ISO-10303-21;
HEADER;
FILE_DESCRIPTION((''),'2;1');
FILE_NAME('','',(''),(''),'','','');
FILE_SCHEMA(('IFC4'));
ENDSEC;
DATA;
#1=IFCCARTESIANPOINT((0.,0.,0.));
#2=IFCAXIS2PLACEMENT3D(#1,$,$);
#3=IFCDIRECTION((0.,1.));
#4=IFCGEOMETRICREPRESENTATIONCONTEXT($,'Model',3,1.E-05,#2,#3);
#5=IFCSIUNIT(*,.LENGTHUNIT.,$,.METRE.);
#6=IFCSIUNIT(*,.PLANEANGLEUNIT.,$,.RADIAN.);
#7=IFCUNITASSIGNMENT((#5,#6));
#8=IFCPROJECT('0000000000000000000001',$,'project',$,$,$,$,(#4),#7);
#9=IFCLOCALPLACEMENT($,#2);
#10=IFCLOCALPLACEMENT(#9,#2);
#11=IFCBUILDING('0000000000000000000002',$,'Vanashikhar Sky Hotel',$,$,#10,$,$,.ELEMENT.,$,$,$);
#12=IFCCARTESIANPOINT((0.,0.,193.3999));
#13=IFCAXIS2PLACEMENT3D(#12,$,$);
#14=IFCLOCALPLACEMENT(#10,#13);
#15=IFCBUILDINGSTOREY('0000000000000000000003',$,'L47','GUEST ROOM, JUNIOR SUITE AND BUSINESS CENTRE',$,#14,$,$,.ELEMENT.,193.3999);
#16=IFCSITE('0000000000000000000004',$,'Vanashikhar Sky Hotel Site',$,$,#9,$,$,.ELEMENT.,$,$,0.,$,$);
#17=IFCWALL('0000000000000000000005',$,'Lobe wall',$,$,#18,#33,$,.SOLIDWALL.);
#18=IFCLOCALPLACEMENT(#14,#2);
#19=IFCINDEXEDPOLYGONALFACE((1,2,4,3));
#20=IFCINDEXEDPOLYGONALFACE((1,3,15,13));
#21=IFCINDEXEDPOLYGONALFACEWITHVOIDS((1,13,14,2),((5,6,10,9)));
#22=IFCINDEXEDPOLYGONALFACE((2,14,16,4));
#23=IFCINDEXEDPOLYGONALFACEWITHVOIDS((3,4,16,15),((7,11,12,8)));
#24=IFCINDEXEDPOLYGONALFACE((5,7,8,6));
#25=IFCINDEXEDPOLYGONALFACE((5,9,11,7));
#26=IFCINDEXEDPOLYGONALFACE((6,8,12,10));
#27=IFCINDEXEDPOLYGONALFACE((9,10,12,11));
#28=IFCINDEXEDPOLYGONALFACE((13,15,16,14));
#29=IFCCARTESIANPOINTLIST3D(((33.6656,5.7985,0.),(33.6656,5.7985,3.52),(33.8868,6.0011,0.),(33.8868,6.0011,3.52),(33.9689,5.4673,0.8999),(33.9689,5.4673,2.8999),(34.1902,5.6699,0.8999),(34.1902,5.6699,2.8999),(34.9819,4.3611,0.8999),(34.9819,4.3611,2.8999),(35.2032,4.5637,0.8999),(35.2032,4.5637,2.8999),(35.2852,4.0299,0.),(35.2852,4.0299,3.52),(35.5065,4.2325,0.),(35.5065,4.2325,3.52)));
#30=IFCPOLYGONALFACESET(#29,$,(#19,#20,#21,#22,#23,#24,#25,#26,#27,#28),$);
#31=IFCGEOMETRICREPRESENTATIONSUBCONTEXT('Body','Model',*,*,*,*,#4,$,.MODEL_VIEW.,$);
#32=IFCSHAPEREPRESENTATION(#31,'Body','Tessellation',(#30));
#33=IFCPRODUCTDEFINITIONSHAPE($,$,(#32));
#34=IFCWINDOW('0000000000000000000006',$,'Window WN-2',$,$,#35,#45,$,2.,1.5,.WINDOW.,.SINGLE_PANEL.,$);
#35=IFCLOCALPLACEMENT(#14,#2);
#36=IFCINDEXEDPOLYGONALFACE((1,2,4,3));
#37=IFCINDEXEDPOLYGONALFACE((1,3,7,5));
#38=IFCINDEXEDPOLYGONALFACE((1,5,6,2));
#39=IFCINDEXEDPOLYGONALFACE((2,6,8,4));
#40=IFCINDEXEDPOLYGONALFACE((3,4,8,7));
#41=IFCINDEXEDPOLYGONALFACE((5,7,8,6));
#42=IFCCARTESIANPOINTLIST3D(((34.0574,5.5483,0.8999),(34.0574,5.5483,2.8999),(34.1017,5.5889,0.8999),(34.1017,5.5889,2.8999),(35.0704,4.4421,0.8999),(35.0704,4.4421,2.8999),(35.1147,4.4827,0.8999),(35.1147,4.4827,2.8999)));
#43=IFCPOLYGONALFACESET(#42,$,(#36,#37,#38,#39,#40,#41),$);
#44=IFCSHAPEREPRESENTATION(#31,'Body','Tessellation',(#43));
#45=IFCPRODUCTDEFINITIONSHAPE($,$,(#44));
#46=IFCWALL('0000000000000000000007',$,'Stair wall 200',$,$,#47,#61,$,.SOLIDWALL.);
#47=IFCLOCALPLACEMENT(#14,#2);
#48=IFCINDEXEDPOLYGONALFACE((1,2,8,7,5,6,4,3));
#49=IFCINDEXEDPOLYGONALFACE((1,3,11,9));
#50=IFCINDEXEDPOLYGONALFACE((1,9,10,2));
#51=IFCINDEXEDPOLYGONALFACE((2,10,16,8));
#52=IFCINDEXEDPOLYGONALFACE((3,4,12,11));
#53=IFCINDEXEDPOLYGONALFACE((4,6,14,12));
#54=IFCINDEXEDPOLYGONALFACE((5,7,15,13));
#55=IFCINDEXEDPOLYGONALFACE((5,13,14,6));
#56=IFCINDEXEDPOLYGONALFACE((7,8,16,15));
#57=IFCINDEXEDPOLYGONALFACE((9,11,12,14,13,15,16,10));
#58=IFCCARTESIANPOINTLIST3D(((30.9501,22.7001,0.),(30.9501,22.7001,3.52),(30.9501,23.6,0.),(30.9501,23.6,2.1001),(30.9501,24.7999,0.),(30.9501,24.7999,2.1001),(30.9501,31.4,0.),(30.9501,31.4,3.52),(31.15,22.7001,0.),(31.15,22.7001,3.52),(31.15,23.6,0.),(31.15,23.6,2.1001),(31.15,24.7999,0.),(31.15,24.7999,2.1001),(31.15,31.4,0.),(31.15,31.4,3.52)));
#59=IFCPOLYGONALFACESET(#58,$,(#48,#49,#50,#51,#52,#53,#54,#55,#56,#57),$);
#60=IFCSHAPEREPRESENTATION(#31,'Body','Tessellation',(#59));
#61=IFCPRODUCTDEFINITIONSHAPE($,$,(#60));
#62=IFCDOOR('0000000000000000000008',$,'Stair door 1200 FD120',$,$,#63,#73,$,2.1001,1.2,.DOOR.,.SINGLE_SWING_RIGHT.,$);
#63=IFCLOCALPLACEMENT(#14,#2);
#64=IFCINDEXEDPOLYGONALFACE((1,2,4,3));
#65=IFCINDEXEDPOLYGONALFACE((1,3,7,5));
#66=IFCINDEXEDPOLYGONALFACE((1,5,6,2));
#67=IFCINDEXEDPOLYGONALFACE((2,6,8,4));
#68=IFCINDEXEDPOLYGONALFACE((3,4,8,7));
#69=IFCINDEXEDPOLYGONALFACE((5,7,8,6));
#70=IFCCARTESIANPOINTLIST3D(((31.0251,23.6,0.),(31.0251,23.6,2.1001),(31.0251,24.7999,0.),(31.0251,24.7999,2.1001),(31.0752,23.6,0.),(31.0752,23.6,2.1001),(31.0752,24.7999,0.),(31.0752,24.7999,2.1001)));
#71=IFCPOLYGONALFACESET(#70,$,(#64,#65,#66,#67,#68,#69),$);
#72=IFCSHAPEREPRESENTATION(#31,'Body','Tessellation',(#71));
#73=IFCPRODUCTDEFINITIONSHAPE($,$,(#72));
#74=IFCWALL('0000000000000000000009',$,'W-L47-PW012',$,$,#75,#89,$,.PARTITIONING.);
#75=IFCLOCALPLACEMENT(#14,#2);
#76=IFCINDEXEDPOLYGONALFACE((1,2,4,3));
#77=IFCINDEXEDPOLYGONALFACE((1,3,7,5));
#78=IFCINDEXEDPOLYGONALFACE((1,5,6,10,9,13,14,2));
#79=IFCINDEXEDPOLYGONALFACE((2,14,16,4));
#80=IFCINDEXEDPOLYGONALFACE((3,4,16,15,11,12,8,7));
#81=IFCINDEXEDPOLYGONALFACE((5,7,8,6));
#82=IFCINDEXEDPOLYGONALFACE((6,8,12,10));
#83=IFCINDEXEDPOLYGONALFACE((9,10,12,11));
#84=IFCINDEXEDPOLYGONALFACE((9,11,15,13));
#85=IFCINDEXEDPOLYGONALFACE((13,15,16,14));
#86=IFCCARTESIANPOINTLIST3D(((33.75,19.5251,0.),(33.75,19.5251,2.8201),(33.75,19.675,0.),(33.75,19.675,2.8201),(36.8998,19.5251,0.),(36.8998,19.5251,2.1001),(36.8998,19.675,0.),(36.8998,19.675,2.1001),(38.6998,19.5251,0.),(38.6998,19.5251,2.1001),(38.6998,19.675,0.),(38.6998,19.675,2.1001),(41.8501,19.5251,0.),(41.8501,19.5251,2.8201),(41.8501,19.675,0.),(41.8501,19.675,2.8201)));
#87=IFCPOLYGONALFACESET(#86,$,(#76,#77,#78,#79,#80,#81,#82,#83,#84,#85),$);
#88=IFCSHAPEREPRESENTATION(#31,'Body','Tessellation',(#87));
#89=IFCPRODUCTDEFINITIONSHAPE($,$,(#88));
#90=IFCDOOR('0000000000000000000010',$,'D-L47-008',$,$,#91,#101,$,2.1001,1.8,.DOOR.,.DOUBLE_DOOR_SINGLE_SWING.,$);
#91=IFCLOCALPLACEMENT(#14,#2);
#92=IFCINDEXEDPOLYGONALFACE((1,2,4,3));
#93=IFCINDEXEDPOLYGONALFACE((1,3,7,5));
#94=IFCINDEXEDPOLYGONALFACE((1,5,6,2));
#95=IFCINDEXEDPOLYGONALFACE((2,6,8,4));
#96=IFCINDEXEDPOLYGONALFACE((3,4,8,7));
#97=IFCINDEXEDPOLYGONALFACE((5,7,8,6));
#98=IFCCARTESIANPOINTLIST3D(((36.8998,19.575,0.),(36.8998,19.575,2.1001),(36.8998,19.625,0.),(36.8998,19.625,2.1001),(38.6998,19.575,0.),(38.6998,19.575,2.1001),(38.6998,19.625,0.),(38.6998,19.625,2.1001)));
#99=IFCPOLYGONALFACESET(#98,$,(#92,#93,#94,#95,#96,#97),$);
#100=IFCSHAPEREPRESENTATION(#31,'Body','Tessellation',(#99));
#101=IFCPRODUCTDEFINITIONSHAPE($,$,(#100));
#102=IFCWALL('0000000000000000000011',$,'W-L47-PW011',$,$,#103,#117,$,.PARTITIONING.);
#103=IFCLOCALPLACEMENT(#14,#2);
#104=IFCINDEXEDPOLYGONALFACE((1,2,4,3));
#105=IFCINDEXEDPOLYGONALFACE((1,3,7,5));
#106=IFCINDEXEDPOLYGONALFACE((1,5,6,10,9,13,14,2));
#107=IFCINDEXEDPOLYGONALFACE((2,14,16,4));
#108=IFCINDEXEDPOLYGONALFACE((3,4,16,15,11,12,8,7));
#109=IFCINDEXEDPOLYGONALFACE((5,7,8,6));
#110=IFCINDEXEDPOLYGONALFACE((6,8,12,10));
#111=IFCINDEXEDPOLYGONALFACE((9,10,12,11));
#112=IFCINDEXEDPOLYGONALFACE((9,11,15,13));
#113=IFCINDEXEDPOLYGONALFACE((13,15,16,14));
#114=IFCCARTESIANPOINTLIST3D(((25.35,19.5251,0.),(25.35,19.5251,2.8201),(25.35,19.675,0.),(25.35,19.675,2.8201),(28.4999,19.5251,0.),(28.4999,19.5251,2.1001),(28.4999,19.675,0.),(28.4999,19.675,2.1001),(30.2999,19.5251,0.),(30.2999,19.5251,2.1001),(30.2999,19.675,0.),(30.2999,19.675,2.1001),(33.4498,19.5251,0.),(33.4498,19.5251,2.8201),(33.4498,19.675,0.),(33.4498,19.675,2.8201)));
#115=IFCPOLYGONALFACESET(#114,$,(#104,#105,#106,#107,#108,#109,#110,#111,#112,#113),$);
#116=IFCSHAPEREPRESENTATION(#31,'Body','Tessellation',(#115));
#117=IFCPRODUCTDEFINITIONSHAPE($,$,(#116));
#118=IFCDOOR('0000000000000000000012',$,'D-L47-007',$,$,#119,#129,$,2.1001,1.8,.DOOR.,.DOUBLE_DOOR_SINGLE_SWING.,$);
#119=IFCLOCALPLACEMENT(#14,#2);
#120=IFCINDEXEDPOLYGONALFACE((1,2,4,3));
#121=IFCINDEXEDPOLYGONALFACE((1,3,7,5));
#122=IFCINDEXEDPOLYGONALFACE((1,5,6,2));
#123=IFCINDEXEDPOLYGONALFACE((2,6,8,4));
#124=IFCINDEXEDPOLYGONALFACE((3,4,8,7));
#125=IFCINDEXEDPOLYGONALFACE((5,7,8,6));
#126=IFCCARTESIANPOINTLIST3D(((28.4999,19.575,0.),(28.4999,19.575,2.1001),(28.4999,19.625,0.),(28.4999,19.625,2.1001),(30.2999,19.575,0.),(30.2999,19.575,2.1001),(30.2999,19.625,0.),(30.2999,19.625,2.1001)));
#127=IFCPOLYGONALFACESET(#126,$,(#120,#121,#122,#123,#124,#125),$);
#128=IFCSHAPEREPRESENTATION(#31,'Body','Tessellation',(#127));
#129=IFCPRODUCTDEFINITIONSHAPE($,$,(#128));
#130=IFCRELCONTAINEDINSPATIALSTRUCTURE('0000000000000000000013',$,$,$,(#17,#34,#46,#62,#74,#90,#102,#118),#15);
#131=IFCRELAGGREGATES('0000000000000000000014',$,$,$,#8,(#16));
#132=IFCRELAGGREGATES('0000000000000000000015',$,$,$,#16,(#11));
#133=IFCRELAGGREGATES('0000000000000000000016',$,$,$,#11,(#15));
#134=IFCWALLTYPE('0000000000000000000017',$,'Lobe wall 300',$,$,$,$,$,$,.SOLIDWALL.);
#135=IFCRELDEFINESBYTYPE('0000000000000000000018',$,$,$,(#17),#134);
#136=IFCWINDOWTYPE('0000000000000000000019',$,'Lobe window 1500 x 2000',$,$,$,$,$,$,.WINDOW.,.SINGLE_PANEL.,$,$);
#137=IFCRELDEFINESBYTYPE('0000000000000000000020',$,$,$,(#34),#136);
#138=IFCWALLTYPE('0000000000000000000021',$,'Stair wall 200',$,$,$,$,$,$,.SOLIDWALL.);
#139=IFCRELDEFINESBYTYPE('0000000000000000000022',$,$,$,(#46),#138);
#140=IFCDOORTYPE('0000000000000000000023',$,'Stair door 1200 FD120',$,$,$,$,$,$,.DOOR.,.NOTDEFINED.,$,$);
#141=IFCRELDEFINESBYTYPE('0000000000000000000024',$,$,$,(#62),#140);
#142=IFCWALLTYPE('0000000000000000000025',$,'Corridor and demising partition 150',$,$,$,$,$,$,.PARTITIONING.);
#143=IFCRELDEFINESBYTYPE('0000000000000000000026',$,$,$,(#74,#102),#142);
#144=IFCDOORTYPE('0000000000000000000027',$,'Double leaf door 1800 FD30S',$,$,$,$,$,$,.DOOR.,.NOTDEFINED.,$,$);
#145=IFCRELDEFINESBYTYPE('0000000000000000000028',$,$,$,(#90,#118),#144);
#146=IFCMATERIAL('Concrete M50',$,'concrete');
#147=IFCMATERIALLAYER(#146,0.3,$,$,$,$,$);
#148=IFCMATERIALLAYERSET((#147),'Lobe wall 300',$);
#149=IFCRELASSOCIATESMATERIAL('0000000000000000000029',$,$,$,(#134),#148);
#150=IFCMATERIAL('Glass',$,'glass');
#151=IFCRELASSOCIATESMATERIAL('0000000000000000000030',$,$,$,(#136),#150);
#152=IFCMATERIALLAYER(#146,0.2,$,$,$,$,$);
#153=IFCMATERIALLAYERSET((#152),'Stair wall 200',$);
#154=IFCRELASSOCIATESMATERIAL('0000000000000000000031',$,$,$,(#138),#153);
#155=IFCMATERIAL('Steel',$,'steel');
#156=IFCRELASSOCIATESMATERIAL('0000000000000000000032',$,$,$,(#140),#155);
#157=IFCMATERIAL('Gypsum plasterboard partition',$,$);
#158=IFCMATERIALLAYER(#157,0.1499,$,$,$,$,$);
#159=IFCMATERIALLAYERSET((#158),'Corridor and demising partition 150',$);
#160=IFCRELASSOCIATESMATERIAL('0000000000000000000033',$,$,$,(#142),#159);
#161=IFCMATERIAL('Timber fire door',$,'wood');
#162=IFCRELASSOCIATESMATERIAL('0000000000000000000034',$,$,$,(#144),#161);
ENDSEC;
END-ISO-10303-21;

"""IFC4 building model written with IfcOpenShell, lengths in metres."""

from ifc_helpers import new_model, si_unit, direction, frame, frame_2d, origin, place, context, subcontext, project, spatial, rectangle, extrude, source, transform, mapped, material, layer, layer_set, type_object, element, fill, save


model = new_model("IFC4")

# Units and contexts
model_context = context("Model", 3, precision=1e-05, world=origin(), true_north=direction((0.0, 1.0)))
body_context = subcontext(model_context, "Body", "Model", "MODEL_VIEW")
ifc_project = project(units=[si_unit("LENGTHUNIT", "METRE"), si_unit("PLANEANGLEUNIT", "RADIAN")], contexts=[model_context])

# Site, building, storey
site_placement = place(None, origin())
site = spatial("IfcSite", under=ifc_project, at=site_placement, Name="Vanashikhar Sky Hotel Site", CompositionType="ELEMENT", RefElevation=0.0)
building_placement = place(site_placement, origin())
building = spatial("IfcBuilding", under=site, at=building_placement, Name="Vanashikhar Sky Hotel", CompositionType="ELEMENT")
storey_placement = place(building_placement, frame((0.0, 0.0, 193.3999)))
storey = spatial("IfcBuildingStorey", under=building, at=storey_placement, Name="L47", Description="GUEST ROOM, JUNIOR SUITE AND BUSINESS CENTRE", CompositionType="ELEMENT", Elevation=193.3999)

# Shared definitions
ifc_material_1 = material(Name="Concrete M50", Category="concrete")

# Shared definitions
ifc_material_2 = material(Name="Steel", Category="steel")

# Shared definitions
ifc_material_3 = material(Name="Glass", Category="glass")

# Wall, opening, window
ifc_layer_1 = layer(ifc_material_1, 0.3)
ifc_layer_set_1 = layer_set([ifc_layer_1], Name="Lobe wall 300")
wall_type_1 = type_object("IfcWallType", Name="Lobe wall 300", PredefinedType="SOLIDWALL", material=ifc_layer_set_1)
shared_shape_1 = source(origin(), body_context, "Body", "SweptSolid", [
    extrude(rectangle(XDim=2.3982, YDim=0.3, at=frame_2d((1.1992, 0.0))), origin(), (0.0, 0.0, 1.0), 3.52),
])
wall_1_placement = place(storey_placement, frame((33.7761, 5.8999, 0.0), z_axis=(0.0, 0.0, 1.0), x_axis=(0.675374, -0.737475, 0.0)))
wall_1 = element("IfcWall", 1, at=wall_1_placement, inside=storey, type_object=wall_type_1, Name="Lobe wall", PredefinedType="SOLIDWALL", context=body_context, shape_type="MappedRepresentation", body=[
    mapped(shared_shape_1, transform((0.0, 0.0, 0.0), scale=1.0)),
])
shared_shape_2 = source(origin(), body_context, "Body", "SweptSolid", [
    extrude(rectangle(XDim=1.5, YDim=2.0, at=frame_2d((0.75, 1.0))), frame((0.0, 0.1602, 0.0), z_axis=(0.0, -1.0, 0.0), x_axis=(1.0, 0.0, 0.0)), (0.0, 0.0, 1.0), 0.3201),
])
opening_1_placement = place(wall_1_placement, frame((0.4492, 0.0, 0.8999)))
opening_1 = element("IfcOpeningElement", 2, at=opening_1_placement, cuts=wall_1, PredefinedType="OPENING", context=body_context, shape_type="MappedRepresentation", body=[
    mapped(shared_shape_2, transform((0.0, 0.0, 0.0), scale=1.0)),
])
window_type_1 = type_object("IfcWindowType", Name="Lobe window 1500 x 2000", PartitioningType="SINGLE_PANEL", PredefinedType="WINDOW", material=ifc_material_3)
shared_shape_3 = source(origin(), body_context, "Body", "SweptSolid", [
    extrude(rectangle(XDim=1.5, YDim=2.0, at=frame_2d((0.75, 1.0))), frame((0.0, 0.03, 0.0), z_axis=(0.0, -1.0, 0.0), x_axis=(1.0, 0.0, 0.0)), (0.0, 0.0, 1.0), 0.0601),
])
window_1_placement = place(opening_1_placement, origin())
window_1 = element("IfcWindow", 3, at=window_1_placement, inside=storey, type_object=window_type_1, Name="Window WN-2", OverallHeight=2.0, OverallWidth=1.5, PartitioningType="SINGLE_PANEL", PredefinedType="WINDOW", context=body_context, shape_type="MappedRepresentation", body=[
    mapped(shared_shape_3, transform((0.0, 0.0, 0.0), scale=1.0)),
])
fill(opening_1, window_1)

# Walls, openings, doors
ifc_layer_2 = layer(ifc_material_1, 0.2)
ifc_layer_set_2 = layer_set([ifc_layer_2], Name="Stair wall 200")
wall_type_2 = type_object("IfcWallType", Name="Stair wall 200", PredefinedType="SOLIDWALL", material=ifc_layer_set_2)
shared_shape_4 = source(origin(), body_context, "Body", "SweptSolid", [
    extrude(rectangle(XDim=8.7, YDim=0.2, at=frame_2d((4.3501, 0.0))), origin(), (0.0, 0.0, 1.0), 3.52),
])
wall_2_placement = place(storey_placement, frame((31.05, 22.7, 0.0), z_axis=(0.0, 0.0, 1.0), x_axis=(0.0, 1.0, 0.0)))
wall_2 = element("IfcWall", 4, at=wall_2_placement, inside=storey, type_object=wall_type_2, Name="Stair wall 200", PredefinedType="SOLIDWALL", context=body_context, shape_type="MappedRepresentation", body=[
    mapped(shared_shape_4, transform((0.0, 0.0, 0.0), scale=1.0)),
])
shared_shape_5 = source(origin(), body_context, "Body", "SweptSolid", [
    extrude(rectangle(XDim=1.2, YDim=2.1001, at=frame_2d((0.6001, 1.05))), frame((0.0, 0.1099, 0.0), z_axis=(0.0, -1.0, 0.0), x_axis=(1.0, 0.0, 0.0)), (0.0, 0.0, 1.0), 0.22),
])
opening_2_placement = place(wall_2_placement, frame((0.8999, 0.0, 0.0)))
opening_2 = element("IfcOpeningElement", 5, at=opening_2_placement, cuts=wall_2, PredefinedType="OPENING", context=body_context, shape_type="MappedRepresentation", body=[
    mapped(shared_shape_5, transform((0.0, 0.0, 0.0), scale=1.0)),
])
door_type_1 = type_object("IfcDoorType", Name="Stair door 1200 FD120", OperationType="NOTDEFINED", PredefinedType="DOOR", material=ifc_material_2)
shared_shape_6 = source(origin(), body_context, "Body", "SweptSolid", [
    extrude(rectangle(XDim=1.2, YDim=2.1001, at=frame_2d((0.6001, 1.05))), frame((0.0, 0.0249, 0.0), z_axis=(0.0, -1.0, 0.0), x_axis=(1.0, 0.0, 0.0)), (0.0, 0.0, 1.0), 0.05),
])
door_1_placement = place(opening_2_placement, origin())
door_1 = element("IfcDoor", 6, at=door_1_placement, inside=storey, type_object=door_type_1, Name="Stair door 1200 FD120", OperationType="SINGLE_SWING_RIGHT", OverallHeight=2.1001, OverallWidth=1.2, PredefinedType="DOOR", context=body_context, shape_type="MappedRepresentation", body=[
    mapped(shared_shape_6, transform((0.0, 0.0, 0.0), scale=1.0)),
])
fill(opening_2, door_1)
ifc_material_4 = material(Name="Gypsum plasterboard partition")
ifc_layer_3 = layer(ifc_material_4, 0.1499)
ifc_layer_set_3 = layer_set([ifc_layer_3], Name="Corridor and demising partition 150")
wall_type_3 = type_object("IfcWallType", Name="Corridor and demising partition 150", PredefinedType="PARTITIONING", material=ifc_layer_set_3)
shared_shape_7 = source(origin(), body_context, "Body", "SweptSolid", [
    extrude(rectangle(XDim=8.1001, YDim=0.1499, at=frame_2d((4.05, 0.0))), origin(), (0.0, 0.0, 1.0), 2.8201),
])
wall_3_placement = place(storey_placement, frame((33.75, 19.6001, 0.0), z_axis=(0.0, 0.0, 1.0), x_axis=(1.0, 0.0, 0.0)))
wall_3 = element("IfcWall", 7, at=wall_3_placement, inside=storey, type_object=wall_type_3, Name="W-L47-PW012", PredefinedType="PARTITIONING", context=body_context, shape_type="MappedRepresentation", body=[
    mapped(shared_shape_7, transform((0.0, 0.0, 0.0), scale=1.0)),
])
shared_shape_8 = source(origin(), body_context, "Body", "SweptSolid", [
    extrude(rectangle(XDim=1.8, YDim=2.1001, at=frame_2d((0.8999, 1.05))), frame((0.0, 0.085, 0.0), z_axis=(0.0, -1.0, 0.0), x_axis=(1.0, 0.0, 0.0)), (0.0, 0.0, 1.0), 0.1699),
])
opening_3_placement = place(wall_3_placement, frame((3.1499, 0.0, 0.0)))
opening_3 = element("IfcOpeningElement", 8, at=opening_3_placement, cuts=wall_3, PredefinedType="OPENING", context=body_context, shape_type="MappedRepresentation", body=[
    mapped(shared_shape_8, transform((0.0, 0.0, 0.0), scale=1.0)),
])
ifc_material_5 = material(Name="Timber fire door", Category="wood")
door_type_2 = type_object("IfcDoorType", Name="Double leaf door 1800 FD30S", OperationType="NOTDEFINED", PredefinedType="DOOR", material=ifc_material_5)
shared_shape_9 = source(origin(), body_context, "Body", "SweptSolid", [
    extrude(rectangle(XDim=1.8, YDim=2.1001, at=frame_2d((0.8999, 1.05))), frame((0.0, 0.0249, 0.0), z_axis=(0.0, -1.0, 0.0), x_axis=(1.0, 0.0, 0.0)), (0.0, 0.0, 1.0), 0.05),
])
door_2_placement = place(opening_3_placement, origin())
door_2 = element("IfcDoor", 9, at=door_2_placement, inside=storey, type_object=door_type_2, Name="D-L47-008", OperationType="DOUBLE_DOOR_SINGLE_SWING", OverallHeight=2.1001, OverallWidth=1.8, PredefinedType="DOOR", context=body_context, shape_type="MappedRepresentation", body=[
    mapped(shared_shape_9, transform((0.0, 0.0, 0.0), scale=1.0)),
])
fill(opening_3, door_2)
shared_shape_10 = source(origin(), body_context, "Body", "SweptSolid", [
    extrude(rectangle(XDim=8.0999, YDim=0.1499, at=frame_2d((4.0498, 0.0))), origin(), (0.0, 0.0, 1.0), 2.8201),
])
wall_4_placement = place(storey_placement, frame((25.3501, 19.6001, 0.0), z_axis=(0.0, 0.0, 1.0), x_axis=(1.0, 0.0, 0.0)))
wall_4 = element("IfcWall", 10, at=wall_4_placement, inside=storey, type_object=wall_type_3, Name="W-L47-PW011", PredefinedType="PARTITIONING", context=body_context, shape_type="MappedRepresentation", body=[
    mapped(shared_shape_10, transform((0.0, 0.0, 0.0), scale=1.0)),
])
opening_4_placement = place(wall_4_placement, frame((3.1499, 0.0, 0.0)))
opening_4 = element("IfcOpeningElement", 11, at=opening_4_placement, cuts=wall_4, PredefinedType="OPENING", context=body_context, shape_type="MappedRepresentation", body=[
    mapped(shared_shape_8, transform((0.0, 0.0, 0.0), scale=1.0)),
])
door_3_placement = place(opening_4_placement, origin())
door_3 = element("IfcDoor", 12, at=door_3_placement, inside=storey, type_object=door_type_2, Name="D-L47-007", OperationType="DOUBLE_DOOR_SINGLE_SWING", OverallHeight=2.1001, OverallWidth=1.8, PredefinedType="DOOR", context=body_context, shape_type="MappedRepresentation", body=[
    mapped(shared_shape_9, transform((0.0, 0.0, 0.0), scale=1.0)),
])
fill(opening_4, door_3)

save(model, "model.ifc")
